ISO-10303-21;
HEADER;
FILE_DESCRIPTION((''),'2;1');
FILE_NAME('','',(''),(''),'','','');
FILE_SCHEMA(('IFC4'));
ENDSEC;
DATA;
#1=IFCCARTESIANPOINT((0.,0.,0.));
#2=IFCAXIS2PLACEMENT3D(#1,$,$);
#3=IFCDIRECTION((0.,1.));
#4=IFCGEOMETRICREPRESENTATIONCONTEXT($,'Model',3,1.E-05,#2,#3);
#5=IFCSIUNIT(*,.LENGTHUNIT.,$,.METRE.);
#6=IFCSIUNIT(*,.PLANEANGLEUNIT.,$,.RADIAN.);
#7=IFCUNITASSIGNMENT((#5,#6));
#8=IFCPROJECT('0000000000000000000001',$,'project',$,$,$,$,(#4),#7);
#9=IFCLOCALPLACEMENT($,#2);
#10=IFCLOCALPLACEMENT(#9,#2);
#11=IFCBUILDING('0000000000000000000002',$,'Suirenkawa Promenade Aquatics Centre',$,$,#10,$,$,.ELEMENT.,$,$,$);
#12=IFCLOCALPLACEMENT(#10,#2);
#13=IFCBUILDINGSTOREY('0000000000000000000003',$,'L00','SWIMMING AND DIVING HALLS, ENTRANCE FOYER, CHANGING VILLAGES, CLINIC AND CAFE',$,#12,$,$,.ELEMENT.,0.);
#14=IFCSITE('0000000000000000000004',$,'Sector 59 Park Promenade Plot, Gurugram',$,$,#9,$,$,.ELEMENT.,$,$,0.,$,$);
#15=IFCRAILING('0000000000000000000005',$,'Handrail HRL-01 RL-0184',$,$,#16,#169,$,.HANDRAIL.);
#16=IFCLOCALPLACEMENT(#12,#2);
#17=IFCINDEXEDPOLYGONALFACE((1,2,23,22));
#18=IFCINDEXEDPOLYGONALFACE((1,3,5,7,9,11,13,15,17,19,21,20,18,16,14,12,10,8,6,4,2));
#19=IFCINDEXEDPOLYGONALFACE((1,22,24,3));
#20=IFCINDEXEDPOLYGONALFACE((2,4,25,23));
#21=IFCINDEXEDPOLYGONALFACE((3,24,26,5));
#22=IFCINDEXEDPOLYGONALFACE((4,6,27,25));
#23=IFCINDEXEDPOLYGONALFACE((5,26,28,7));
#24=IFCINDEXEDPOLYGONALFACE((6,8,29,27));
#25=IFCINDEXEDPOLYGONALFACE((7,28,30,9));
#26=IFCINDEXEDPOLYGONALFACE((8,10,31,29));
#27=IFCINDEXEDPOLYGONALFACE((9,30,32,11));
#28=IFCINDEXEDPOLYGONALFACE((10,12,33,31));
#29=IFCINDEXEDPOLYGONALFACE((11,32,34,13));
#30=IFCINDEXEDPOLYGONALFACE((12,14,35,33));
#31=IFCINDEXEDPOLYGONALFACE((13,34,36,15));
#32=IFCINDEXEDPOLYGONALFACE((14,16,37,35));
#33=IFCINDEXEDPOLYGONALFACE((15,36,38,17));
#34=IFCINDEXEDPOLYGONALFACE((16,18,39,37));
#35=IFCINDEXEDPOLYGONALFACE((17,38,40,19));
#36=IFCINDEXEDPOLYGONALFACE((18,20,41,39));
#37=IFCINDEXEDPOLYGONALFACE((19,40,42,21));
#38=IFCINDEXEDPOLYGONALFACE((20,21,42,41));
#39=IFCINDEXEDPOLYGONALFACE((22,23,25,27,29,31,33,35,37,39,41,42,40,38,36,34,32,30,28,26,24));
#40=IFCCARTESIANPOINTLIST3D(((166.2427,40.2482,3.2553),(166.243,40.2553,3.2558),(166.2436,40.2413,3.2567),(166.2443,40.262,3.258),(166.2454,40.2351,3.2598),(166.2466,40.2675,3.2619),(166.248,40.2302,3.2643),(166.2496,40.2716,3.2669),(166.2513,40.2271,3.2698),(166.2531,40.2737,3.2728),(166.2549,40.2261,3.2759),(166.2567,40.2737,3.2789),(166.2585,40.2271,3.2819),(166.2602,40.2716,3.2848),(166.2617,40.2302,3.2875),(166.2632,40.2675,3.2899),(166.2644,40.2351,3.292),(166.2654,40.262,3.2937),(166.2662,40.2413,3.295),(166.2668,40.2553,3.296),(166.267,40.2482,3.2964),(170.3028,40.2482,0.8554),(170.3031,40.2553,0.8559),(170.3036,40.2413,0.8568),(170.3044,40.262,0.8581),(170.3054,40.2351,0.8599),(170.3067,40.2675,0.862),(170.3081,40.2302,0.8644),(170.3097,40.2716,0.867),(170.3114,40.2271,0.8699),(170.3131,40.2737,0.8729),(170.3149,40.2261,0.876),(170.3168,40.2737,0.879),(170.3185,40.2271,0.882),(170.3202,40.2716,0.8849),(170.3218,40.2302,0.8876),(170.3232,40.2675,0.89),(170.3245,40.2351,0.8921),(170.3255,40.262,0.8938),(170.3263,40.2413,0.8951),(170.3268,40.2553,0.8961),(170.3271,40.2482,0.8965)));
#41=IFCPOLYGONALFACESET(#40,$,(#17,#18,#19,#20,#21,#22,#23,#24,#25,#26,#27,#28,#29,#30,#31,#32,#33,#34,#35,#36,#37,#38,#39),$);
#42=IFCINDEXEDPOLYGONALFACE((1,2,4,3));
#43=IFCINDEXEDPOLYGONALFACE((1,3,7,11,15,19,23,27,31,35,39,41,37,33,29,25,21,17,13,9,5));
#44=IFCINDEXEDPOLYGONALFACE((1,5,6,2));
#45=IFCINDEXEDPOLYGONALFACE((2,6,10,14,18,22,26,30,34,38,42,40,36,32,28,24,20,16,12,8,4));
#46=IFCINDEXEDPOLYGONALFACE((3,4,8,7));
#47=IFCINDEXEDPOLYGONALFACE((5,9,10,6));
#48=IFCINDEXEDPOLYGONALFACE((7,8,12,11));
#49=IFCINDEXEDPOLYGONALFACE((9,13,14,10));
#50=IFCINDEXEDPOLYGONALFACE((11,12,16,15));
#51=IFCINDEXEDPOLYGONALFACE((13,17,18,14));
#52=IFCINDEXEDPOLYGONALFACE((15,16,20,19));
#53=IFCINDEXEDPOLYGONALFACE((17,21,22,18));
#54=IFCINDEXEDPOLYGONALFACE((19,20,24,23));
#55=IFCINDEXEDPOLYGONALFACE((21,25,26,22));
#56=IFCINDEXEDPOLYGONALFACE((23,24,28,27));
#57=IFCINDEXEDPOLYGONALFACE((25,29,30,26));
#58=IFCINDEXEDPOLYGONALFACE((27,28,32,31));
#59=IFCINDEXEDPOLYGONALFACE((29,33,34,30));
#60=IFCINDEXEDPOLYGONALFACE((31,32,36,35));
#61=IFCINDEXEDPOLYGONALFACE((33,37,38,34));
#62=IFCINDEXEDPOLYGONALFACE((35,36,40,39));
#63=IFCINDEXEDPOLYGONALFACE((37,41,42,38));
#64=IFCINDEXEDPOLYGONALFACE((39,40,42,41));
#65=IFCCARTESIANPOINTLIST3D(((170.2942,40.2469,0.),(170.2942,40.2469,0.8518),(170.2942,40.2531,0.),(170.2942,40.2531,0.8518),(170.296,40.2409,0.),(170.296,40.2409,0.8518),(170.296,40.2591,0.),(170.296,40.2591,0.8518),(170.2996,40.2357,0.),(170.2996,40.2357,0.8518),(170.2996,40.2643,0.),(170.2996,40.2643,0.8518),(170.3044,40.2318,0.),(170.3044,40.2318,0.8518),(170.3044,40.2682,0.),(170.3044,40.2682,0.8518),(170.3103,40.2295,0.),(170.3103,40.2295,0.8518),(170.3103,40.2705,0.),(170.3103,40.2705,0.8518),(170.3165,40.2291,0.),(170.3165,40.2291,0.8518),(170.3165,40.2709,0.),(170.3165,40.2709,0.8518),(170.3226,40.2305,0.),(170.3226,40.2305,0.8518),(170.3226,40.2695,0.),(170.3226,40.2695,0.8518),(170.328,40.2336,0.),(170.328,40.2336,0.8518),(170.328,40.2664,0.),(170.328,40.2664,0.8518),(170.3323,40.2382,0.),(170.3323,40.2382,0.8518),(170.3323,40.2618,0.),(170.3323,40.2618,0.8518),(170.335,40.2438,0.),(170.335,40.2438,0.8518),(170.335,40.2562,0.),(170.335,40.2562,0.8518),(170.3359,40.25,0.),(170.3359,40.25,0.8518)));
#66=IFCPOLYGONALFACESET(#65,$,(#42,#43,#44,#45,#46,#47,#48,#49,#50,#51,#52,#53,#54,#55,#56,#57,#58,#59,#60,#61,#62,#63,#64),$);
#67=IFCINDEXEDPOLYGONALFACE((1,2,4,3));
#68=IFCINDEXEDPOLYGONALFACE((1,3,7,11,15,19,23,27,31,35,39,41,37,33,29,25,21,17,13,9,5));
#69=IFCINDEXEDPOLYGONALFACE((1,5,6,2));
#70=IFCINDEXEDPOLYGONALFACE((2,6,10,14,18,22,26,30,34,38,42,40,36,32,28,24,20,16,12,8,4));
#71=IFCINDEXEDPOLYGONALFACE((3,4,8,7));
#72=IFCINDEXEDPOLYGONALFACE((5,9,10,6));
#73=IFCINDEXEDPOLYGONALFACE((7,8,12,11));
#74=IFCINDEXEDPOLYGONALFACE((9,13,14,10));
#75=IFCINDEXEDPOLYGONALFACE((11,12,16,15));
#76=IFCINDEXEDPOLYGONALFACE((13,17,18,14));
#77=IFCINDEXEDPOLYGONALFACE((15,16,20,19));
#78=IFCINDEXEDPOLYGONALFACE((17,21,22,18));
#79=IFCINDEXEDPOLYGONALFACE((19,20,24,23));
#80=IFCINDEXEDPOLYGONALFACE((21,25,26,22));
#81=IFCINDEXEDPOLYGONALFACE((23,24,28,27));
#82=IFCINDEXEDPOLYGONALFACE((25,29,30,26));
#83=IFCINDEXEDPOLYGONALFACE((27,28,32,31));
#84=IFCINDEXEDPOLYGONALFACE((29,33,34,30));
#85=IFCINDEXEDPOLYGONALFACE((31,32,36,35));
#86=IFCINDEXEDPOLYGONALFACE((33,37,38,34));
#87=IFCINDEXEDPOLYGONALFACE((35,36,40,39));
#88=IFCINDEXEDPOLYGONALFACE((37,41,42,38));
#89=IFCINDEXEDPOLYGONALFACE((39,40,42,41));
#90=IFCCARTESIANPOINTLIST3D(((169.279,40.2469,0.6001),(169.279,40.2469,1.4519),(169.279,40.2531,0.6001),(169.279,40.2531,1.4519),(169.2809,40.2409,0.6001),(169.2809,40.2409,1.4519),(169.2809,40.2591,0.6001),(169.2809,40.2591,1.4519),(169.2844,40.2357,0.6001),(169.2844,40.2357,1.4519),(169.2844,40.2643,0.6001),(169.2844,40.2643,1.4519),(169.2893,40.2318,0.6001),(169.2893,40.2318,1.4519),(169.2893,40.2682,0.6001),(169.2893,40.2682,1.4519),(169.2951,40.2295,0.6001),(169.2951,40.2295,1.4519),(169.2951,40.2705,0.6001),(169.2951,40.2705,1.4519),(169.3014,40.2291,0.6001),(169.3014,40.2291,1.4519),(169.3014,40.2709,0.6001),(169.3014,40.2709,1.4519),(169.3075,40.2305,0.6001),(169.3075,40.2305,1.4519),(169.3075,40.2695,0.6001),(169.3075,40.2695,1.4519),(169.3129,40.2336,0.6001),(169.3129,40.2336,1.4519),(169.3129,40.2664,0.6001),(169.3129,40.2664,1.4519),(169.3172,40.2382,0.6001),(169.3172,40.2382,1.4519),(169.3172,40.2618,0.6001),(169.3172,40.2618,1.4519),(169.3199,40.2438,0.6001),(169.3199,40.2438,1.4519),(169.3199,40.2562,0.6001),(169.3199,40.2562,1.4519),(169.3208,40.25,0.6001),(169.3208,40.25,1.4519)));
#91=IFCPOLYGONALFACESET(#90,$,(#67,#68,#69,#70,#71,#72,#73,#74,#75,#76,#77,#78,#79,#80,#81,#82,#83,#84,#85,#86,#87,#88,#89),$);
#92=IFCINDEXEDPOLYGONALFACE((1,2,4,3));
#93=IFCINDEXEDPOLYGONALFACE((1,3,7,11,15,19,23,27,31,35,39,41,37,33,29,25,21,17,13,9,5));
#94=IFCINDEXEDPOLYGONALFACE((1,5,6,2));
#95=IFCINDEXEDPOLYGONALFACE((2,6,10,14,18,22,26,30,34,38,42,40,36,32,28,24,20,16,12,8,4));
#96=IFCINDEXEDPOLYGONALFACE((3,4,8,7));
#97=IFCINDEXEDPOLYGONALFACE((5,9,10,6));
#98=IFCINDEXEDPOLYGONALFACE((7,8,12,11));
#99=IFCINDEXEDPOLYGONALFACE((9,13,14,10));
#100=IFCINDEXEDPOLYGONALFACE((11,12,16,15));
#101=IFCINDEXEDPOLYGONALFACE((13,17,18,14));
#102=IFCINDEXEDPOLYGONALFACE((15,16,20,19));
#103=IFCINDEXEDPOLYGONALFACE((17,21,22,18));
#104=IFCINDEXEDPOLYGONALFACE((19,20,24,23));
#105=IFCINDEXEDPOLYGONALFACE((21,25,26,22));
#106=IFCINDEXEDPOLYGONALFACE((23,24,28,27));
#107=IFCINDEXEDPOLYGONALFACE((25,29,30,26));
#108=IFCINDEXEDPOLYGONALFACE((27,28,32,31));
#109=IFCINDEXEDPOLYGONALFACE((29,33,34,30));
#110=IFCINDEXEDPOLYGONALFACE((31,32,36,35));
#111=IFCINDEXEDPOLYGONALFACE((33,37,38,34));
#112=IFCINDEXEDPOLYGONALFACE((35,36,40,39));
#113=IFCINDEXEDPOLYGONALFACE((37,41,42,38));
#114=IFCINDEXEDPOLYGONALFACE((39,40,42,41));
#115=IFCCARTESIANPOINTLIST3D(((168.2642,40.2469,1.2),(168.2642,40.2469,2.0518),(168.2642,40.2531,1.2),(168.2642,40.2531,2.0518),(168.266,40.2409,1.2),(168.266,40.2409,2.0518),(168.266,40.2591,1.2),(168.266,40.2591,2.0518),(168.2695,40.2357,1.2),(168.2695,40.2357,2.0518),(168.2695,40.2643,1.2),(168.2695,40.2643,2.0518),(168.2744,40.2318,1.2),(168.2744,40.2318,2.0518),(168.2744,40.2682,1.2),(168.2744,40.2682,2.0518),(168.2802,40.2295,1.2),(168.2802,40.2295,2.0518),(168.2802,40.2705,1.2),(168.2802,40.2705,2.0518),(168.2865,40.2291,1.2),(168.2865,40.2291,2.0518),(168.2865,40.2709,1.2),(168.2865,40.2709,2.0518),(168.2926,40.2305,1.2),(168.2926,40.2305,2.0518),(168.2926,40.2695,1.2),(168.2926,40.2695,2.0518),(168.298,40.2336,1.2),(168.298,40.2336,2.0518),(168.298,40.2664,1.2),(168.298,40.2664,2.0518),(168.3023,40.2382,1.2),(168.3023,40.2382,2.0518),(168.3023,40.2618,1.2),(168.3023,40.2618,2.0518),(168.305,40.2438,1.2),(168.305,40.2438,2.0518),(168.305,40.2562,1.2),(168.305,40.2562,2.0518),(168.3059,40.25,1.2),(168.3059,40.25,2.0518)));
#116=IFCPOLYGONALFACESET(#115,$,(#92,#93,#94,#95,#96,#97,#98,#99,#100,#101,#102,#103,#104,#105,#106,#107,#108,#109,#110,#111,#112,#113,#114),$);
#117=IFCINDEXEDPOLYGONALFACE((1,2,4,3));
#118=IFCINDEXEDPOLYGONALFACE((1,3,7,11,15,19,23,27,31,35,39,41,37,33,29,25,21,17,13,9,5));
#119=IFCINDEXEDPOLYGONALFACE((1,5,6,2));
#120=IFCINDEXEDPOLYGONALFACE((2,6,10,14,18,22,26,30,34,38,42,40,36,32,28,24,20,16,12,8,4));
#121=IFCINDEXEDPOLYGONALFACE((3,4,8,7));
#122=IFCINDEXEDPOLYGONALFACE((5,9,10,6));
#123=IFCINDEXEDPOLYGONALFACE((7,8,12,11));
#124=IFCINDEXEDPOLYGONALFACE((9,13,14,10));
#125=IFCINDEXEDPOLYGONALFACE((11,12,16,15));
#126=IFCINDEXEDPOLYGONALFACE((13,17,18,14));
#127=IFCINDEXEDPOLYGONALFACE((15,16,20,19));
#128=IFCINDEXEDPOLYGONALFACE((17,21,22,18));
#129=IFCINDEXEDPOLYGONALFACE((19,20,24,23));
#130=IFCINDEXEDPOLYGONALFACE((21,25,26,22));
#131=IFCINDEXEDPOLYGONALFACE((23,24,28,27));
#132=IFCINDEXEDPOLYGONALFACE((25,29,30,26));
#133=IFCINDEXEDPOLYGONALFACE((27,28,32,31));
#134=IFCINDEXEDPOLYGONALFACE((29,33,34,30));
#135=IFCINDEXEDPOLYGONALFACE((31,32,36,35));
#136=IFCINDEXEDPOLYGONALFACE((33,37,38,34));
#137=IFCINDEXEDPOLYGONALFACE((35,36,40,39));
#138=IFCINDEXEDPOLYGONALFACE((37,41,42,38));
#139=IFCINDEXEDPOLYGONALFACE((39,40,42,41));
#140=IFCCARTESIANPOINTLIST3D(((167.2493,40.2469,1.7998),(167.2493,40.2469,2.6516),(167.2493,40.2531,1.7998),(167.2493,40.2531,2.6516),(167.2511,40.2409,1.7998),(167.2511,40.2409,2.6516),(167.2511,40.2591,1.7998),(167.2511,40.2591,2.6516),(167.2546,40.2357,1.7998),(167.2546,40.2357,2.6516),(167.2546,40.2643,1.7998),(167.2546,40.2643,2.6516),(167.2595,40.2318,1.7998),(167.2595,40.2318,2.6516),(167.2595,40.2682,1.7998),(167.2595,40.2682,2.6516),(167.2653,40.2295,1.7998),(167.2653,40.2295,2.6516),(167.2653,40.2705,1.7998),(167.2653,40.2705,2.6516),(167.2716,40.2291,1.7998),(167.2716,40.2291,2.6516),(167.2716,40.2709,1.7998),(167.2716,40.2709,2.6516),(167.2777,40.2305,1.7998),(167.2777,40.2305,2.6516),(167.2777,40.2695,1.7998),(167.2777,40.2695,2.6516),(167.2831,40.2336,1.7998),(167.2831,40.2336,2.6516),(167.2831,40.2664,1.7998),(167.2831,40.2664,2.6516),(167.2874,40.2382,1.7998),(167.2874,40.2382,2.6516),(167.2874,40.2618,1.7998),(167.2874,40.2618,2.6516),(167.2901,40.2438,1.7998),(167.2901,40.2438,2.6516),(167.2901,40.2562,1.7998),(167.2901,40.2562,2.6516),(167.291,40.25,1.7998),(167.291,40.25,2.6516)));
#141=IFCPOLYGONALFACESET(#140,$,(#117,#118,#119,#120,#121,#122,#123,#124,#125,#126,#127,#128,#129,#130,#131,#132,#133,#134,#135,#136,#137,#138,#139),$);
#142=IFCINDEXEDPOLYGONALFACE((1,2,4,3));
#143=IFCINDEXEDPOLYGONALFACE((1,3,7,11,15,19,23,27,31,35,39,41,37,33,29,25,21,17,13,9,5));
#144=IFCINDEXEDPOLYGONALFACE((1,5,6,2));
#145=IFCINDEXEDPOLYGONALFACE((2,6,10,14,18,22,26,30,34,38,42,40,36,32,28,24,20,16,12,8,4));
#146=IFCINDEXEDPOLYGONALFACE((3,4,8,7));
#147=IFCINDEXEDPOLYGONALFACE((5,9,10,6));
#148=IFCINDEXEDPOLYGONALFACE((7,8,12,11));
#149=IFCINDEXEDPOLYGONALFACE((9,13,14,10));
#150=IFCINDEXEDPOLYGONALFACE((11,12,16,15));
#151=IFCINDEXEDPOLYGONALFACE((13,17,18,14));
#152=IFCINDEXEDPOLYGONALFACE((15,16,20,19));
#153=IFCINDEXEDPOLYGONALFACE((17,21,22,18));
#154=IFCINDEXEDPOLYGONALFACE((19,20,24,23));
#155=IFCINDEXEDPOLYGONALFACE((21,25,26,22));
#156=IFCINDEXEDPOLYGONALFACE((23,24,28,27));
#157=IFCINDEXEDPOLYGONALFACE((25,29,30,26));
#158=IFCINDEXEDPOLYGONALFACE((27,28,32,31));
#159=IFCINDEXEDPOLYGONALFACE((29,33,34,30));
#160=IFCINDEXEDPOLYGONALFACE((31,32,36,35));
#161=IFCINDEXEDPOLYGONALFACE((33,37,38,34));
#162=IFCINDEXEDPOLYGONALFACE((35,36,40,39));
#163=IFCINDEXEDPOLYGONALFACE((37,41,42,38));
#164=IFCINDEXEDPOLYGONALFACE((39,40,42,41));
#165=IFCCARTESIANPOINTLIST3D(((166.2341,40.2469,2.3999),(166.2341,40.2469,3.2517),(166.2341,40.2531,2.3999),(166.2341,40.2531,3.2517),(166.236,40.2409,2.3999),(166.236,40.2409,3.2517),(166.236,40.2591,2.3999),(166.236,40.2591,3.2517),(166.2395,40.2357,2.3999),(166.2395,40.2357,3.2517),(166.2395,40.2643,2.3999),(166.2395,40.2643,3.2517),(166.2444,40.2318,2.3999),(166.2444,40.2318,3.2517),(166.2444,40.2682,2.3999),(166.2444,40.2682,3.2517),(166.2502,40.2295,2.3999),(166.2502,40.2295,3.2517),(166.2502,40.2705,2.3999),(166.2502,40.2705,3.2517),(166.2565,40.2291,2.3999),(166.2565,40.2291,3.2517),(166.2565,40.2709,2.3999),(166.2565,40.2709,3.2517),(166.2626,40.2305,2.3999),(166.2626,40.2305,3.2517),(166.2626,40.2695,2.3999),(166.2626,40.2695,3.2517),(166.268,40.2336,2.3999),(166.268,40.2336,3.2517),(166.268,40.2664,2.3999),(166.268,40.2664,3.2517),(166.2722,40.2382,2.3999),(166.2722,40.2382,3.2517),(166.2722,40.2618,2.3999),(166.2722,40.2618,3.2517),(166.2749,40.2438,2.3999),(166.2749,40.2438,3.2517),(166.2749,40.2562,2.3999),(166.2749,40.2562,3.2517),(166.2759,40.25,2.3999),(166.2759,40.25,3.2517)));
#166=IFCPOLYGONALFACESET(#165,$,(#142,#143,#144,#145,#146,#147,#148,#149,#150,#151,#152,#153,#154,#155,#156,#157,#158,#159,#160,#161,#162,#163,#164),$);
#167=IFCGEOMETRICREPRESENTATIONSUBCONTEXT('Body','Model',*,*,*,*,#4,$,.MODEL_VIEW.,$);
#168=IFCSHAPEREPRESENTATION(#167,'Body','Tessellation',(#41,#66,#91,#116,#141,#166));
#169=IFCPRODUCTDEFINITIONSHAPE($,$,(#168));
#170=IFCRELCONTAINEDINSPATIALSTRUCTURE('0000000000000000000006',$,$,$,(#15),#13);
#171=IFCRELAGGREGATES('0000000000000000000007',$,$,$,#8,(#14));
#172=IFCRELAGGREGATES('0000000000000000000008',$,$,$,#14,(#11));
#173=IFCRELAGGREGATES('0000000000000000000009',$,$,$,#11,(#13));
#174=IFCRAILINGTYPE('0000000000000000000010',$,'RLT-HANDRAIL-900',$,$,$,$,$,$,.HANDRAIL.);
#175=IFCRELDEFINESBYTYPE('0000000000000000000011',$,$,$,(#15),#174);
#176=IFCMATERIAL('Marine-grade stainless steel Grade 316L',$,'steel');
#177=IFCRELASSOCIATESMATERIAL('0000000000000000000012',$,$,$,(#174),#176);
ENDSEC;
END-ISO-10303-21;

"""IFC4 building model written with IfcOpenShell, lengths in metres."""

from ifc_helpers import new_model, si_unit, direction, frame, origin, origin_2d, place, context, subcontext, project, spatial, circle, extrude, material, type_object, element, save


model = new_model("IFC4")

# Units and contexts
model_context = context("Model", 3, precision=1e-05, world=origin(), true_north=direction((0.0, 1.0)))
body_context = subcontext(model_context, "Body", "Model", "MODEL_VIEW")
ifc_project = project(units=[si_unit("LENGTHUNIT", "METRE"), si_unit("PLANEANGLEUNIT", "RADIAN")], contexts=[model_context])

# Site, building, storey
site_placement = place(None, origin())
site = spatial("IfcSite", under=ifc_project, at=site_placement, Name="Sector 59 Park Promenade Plot, Gurugram", CompositionType="ELEMENT", RefElevation=0.0)
building_placement = place(site_placement, origin())
building = spatial("IfcBuilding", under=site, at=building_placement, Name="Suirenkawa Promenade Aquatics Centre", CompositionType="ELEMENT")
storey_placement = place(building_placement, origin())
storey = spatial("IfcBuildingStorey", under=building, at=storey_placement, Name="L00", Description="SWIMMING AND DIVING HALLS, ENTRANCE FOYER, CHANGING VILLAGES, CLINIC AND CAFE", CompositionType="ELEMENT", Elevation=0.0)

# Shared definitions
ifc_material_1 = material(Name="Marine-grade stainless steel Grade 316L", Category="steel")

# Railing
railing_type_1 = type_object("IfcRailingType", Name="RLT-HANDRAIL-900", PredefinedType="HANDRAIL", material=ifc_material_1)
for number, where, name in (
    (1, (170.3149, 40.25, 0.0), "Handrail HRL-01 RL-0184"),
):
    element("IfcRailing", number, at=place(storey_placement, frame(where)), inside=storey, type_object=railing_type_1, Name=name, PredefinedType="HANDRAIL", context=body_context, shape_type="SweptSolid", body=[
        extrude(circle(Radius=0.0239, at=origin_2d()), frame((0.0, 0.0, 0.876), z_axis=(-0.860854, 0.0, 0.508851), x_axis=(0.0, -1.0, 0.0)), (0.0, 0.0, 1.0), 4.7163),
        extrude(circle(Radius=0.021, at=origin_2d()), origin(), (0.0, 0.0, 1.0), 0.8518),
        extrude(circle(Radius=0.021, at=origin_2d()), frame((-1.0151, 0.0, 0.6001)), (0.0, 0.0, 1.0), 0.8518),
        extrude(circle(Radius=0.021, at=origin_2d()), frame((-2.03, 0.0, 1.2)), (0.0, 0.0, 1.0), 0.8518),
        extrude(circle(Radius=0.021, at=origin_2d()), frame((-3.0449, 0.0, 1.7998)), (0.0, 0.0, 1.0), 0.8518),
        extrude(circle(Radius=0.021, at=origin_2d()), frame((-4.0601, 0.0, 2.3999)), (0.0, 0.0, 1.0), 0.8518),
    ])

save(model, "model.ifc")
